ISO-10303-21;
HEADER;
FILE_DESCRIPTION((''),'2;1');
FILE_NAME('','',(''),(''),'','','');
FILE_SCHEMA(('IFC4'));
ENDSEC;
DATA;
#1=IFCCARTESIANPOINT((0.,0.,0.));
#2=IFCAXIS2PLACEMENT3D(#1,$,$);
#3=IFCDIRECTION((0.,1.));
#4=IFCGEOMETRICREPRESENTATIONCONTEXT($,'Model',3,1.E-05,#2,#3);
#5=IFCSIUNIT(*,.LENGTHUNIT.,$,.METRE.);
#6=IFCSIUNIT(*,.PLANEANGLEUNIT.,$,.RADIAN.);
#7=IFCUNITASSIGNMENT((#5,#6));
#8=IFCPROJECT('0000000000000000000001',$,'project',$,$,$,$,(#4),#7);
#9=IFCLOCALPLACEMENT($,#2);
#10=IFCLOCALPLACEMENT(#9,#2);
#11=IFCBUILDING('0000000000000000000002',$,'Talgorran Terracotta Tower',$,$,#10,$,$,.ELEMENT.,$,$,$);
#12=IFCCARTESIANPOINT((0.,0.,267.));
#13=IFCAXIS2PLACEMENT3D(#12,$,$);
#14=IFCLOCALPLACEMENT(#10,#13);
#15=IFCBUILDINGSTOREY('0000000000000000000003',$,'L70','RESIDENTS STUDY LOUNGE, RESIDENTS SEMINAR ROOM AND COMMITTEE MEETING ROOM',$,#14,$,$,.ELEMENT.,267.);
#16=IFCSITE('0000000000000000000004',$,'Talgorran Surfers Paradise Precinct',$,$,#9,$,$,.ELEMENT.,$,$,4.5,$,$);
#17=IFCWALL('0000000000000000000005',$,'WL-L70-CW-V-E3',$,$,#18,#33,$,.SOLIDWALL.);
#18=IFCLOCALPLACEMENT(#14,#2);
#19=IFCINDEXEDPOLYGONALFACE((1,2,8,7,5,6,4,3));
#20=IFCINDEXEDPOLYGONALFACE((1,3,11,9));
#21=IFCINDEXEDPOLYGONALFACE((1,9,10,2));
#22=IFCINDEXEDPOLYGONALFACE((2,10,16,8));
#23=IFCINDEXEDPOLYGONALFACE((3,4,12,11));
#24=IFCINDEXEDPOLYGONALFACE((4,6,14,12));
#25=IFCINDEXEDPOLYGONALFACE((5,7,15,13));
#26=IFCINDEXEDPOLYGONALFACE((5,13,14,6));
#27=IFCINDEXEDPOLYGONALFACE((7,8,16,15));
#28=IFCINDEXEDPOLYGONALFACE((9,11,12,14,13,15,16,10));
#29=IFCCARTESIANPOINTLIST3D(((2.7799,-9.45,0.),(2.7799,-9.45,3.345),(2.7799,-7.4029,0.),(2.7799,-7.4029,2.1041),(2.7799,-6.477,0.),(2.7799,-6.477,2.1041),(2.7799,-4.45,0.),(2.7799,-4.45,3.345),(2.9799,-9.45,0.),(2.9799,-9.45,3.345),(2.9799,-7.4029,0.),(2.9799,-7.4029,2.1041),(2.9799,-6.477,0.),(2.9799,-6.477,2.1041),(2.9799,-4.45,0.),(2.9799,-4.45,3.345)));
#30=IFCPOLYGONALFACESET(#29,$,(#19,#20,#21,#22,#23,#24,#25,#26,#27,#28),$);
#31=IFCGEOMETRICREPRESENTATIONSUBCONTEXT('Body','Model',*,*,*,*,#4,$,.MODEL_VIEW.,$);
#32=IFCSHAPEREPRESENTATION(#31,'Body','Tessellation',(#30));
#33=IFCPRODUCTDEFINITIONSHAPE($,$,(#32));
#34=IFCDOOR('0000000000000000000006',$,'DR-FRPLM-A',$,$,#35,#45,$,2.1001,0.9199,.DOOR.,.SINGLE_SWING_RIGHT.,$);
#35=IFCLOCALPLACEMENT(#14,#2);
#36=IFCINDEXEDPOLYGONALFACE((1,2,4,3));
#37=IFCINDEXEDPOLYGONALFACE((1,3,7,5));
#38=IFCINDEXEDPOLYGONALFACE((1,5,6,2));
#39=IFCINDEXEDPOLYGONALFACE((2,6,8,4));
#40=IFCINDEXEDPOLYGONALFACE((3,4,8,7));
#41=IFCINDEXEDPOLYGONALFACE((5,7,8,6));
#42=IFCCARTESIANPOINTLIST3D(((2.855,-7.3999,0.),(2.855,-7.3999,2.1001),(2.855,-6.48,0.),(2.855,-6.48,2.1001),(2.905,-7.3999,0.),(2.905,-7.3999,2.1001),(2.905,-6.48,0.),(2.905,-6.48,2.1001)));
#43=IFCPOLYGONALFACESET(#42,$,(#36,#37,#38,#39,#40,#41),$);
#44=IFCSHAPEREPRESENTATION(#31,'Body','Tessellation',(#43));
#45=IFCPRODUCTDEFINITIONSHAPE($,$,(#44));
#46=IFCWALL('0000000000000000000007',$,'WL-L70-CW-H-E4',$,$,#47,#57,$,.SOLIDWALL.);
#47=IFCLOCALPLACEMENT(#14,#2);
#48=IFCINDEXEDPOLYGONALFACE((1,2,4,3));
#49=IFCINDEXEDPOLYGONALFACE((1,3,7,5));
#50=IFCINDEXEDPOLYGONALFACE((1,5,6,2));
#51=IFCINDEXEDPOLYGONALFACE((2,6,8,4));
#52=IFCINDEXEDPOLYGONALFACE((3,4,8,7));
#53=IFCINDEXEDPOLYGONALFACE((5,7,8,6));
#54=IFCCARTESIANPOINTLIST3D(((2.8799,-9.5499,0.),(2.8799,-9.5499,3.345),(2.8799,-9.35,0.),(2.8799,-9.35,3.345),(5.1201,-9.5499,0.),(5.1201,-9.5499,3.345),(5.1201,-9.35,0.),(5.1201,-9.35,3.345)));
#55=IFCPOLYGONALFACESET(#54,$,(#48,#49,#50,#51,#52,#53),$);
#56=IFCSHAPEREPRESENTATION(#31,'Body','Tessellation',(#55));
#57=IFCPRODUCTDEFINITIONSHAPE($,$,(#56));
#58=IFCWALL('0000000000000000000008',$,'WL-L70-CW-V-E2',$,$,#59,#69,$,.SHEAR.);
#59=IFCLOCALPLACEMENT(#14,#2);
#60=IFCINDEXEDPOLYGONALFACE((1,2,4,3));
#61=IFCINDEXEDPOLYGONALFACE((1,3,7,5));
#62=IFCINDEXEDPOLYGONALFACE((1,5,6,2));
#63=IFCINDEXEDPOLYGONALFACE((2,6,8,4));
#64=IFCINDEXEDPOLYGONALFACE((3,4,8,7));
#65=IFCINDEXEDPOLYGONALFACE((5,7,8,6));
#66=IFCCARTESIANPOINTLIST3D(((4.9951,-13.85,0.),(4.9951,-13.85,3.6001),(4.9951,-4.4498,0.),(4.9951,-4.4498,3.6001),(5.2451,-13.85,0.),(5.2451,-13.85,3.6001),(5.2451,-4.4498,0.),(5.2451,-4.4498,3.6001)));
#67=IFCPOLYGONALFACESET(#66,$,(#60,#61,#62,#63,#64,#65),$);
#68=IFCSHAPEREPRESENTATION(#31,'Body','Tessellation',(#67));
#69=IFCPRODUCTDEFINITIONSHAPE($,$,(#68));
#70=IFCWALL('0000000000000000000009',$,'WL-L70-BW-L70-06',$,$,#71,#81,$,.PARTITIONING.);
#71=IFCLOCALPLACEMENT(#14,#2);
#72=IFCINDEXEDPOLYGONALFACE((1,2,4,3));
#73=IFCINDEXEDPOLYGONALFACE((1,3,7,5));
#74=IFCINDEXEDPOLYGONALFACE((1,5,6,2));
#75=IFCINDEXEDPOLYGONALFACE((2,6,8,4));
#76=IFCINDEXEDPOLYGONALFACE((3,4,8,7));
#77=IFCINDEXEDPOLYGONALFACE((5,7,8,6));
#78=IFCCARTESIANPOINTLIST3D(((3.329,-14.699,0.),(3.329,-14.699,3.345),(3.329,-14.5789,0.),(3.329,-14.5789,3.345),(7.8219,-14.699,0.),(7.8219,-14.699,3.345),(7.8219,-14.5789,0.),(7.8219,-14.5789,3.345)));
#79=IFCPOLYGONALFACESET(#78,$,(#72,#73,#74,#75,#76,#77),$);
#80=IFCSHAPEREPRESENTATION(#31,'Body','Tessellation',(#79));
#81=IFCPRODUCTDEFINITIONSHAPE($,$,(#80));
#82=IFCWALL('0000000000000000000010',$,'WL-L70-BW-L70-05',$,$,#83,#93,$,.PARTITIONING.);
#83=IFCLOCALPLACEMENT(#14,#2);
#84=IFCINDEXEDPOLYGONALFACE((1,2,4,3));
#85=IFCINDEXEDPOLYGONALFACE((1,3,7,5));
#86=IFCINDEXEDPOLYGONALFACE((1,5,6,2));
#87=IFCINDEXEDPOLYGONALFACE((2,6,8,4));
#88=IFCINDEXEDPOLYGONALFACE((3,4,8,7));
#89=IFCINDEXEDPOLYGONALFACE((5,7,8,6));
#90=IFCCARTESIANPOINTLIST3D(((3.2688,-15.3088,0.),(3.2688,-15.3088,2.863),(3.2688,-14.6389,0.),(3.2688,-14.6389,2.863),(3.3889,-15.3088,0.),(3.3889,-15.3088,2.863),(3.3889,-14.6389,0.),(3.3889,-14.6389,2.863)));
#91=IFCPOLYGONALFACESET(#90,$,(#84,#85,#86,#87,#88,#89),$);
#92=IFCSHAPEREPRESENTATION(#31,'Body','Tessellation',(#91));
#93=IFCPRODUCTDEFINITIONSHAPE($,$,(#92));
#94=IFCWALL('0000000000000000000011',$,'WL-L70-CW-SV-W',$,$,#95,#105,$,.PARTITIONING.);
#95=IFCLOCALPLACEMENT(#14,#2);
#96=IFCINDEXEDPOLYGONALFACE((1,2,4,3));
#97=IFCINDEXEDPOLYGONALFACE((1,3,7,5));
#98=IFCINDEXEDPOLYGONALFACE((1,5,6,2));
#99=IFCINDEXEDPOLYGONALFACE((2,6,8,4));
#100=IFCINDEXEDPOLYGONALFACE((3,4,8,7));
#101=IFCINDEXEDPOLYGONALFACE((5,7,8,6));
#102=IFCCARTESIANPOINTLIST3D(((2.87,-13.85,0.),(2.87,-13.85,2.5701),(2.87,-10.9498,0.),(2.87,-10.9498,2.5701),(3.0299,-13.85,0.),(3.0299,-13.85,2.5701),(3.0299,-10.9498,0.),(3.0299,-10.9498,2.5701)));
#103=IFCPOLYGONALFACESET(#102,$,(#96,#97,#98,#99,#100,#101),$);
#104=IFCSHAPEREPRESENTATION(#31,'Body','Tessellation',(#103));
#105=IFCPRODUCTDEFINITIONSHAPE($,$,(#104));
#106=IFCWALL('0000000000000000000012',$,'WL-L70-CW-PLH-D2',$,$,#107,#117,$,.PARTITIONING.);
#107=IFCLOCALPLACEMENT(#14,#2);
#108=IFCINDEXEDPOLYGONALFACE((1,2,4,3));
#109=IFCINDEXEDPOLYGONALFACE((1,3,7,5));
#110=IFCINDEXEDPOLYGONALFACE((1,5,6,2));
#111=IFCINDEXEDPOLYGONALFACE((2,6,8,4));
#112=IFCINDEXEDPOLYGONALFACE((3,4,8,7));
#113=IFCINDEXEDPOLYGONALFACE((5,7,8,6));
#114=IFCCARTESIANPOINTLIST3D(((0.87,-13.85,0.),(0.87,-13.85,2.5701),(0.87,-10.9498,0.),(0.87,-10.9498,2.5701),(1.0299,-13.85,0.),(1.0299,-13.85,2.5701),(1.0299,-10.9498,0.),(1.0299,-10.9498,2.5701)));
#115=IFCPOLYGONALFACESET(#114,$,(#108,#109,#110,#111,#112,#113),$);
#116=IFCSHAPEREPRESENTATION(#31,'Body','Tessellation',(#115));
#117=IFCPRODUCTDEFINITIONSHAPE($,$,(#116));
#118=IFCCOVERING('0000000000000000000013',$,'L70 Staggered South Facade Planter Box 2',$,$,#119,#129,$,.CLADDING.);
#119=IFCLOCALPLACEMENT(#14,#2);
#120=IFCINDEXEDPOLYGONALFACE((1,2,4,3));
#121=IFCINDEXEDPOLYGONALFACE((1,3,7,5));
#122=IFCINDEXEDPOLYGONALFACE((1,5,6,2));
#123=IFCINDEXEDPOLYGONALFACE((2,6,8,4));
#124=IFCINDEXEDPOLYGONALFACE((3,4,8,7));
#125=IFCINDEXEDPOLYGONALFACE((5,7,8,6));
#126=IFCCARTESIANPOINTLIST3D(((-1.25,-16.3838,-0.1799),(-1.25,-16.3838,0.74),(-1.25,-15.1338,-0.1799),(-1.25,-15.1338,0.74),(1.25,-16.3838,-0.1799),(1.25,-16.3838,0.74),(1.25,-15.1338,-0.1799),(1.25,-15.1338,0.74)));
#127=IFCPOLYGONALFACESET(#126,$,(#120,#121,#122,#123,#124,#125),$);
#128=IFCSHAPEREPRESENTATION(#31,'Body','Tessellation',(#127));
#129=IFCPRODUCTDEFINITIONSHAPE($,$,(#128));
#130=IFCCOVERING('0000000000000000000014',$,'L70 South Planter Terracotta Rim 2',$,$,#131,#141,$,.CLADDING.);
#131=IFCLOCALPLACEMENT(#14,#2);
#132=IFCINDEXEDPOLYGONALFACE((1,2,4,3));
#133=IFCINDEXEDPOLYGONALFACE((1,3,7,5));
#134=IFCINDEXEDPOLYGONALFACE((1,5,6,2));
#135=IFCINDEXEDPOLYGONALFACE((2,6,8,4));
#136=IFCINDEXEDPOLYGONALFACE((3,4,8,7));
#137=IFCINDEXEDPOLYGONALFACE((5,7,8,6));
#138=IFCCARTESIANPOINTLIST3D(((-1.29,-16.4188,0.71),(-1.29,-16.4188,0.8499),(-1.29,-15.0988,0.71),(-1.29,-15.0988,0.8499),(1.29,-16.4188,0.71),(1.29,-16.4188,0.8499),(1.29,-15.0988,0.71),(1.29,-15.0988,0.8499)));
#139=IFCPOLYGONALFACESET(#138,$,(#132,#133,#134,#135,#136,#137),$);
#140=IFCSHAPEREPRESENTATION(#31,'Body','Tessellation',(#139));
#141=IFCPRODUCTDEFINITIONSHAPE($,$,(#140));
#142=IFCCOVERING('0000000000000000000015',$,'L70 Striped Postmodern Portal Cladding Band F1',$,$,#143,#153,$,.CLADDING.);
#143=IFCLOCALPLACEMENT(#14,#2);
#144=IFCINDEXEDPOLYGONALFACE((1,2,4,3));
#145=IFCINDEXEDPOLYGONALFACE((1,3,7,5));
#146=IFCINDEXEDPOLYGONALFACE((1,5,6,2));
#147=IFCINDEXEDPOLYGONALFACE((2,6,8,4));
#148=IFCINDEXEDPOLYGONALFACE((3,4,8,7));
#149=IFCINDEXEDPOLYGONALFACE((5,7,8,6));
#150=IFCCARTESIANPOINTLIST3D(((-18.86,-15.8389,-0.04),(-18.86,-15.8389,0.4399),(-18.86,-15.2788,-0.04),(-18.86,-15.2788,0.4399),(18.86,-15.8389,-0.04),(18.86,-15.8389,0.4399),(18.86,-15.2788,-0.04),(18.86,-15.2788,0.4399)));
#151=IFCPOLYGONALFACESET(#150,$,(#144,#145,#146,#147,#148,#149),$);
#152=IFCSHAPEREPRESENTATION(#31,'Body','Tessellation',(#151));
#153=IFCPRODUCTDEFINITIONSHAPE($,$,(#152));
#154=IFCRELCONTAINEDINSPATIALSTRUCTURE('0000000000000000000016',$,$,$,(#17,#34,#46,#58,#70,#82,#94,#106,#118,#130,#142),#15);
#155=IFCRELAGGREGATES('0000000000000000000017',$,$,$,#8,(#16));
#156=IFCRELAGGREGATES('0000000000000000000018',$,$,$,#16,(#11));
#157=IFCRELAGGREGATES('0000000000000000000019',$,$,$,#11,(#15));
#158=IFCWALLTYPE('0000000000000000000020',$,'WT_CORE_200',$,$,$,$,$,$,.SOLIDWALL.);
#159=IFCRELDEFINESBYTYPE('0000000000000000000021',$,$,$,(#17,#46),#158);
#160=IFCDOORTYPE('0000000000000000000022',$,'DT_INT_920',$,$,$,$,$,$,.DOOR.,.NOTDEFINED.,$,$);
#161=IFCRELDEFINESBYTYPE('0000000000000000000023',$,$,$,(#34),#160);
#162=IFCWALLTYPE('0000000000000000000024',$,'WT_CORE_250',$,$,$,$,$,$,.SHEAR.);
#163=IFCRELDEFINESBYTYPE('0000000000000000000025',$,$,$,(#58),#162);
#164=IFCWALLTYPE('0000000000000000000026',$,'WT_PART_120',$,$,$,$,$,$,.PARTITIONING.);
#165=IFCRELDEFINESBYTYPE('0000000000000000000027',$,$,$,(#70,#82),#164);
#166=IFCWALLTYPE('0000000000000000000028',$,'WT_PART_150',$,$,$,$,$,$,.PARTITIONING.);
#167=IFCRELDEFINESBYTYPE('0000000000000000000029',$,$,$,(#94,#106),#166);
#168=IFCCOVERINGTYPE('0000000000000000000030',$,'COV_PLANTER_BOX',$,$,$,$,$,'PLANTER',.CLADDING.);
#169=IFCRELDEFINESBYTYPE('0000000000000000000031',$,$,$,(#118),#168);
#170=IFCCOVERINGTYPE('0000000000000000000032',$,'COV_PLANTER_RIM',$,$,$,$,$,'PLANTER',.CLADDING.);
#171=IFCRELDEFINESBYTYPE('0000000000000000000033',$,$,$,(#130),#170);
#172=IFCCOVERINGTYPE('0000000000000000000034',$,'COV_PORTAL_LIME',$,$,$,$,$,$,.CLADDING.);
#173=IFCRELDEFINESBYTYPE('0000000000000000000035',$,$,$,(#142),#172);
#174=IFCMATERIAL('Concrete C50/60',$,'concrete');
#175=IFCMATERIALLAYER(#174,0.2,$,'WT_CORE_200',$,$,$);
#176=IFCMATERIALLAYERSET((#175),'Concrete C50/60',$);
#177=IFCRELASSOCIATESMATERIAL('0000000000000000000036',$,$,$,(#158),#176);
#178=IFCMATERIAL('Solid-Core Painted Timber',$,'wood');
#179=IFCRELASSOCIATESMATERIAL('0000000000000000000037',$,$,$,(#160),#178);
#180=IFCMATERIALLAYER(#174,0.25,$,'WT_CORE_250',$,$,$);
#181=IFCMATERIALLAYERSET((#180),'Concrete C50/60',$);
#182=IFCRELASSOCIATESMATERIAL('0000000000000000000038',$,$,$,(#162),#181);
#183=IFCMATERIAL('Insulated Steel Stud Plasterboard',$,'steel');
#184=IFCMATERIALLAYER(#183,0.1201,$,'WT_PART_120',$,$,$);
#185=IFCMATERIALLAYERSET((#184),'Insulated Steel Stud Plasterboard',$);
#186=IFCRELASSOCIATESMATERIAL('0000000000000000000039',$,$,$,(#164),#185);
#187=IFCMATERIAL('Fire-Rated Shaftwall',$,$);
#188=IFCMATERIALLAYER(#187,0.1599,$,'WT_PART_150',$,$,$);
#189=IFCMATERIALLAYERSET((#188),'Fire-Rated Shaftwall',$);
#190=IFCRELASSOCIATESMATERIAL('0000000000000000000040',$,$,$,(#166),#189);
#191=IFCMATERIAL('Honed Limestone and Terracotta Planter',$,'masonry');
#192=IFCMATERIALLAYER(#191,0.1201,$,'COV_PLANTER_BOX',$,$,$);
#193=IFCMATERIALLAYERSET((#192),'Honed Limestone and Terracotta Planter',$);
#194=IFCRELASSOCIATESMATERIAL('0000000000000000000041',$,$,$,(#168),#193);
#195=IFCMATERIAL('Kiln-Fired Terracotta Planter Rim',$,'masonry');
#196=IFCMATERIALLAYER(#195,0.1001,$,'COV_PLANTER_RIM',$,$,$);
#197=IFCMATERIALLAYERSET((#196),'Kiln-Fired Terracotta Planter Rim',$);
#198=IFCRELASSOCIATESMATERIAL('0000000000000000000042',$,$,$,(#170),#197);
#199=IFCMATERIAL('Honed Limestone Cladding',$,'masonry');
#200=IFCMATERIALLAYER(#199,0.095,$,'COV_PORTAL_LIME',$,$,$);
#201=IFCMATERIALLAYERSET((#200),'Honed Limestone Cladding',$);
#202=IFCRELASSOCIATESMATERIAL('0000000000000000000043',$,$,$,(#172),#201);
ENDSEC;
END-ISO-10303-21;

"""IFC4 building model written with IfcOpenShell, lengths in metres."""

from ifc_helpers import new_model, si_unit, direction, frame, frame_2d, origin, origin_2d, place, context, subcontext, project, spatial, rectangle, extrude, material, layer, layer_set, type_object, element, fill, save


model = new_model("IFC4")

# Units and contexts
model_context = context("Model", 3, precision=1e-05, world=origin(), true_north=direction((0.0, 1.0)))
body_context = subcontext(model_context, "Body", "Model", "MODEL_VIEW")
ifc_project = project(units=[si_unit("LENGTHUNIT", "METRE"), si_unit("PLANEANGLEUNIT", "RADIAN")], contexts=[model_context])

# Site, building, storey
site_placement = place(None, origin())
site = spatial("IfcSite", under=ifc_project, at=site_placement, Name="Talgorran Surfers Paradise Precinct", CompositionType="ELEMENT", RefElevation=4.5)
building_placement = place(site_placement, origin())
building = spatial("IfcBuilding", under=site, at=building_placement, Name="Talgorran Terracotta Tower", CompositionType="ELEMENT")
storey_placement = place(building_placement, frame((0.0, 0.0, 267.0)))
storey = spatial("IfcBuildingStorey", under=building, at=storey_placement, Name="L70", Description="RESIDENTS STUDY LOUNGE, RESIDENTS SEMINAR ROOM AND COMMITTEE MEETING ROOM", CompositionType="ELEMENT", Elevation=267.0)

# Shared definitions
ifc_material_1 = material(Name="Concrete C50/60", Category="concrete")

# Shared definitions
ifc_layer_1 = layer(ifc_material_1, 0.2, Name="WT_CORE_200")
ifc_layer_set_1 = layer_set([ifc_layer_1], Name="Concrete C50/60")
wall_type_1 = type_object("IfcWallType", Name="WT_CORE_200", PredefinedType="SOLIDWALL", material=ifc_layer_set_1)

# Wall, opening, door
wall_1_placement = place(storey_placement, frame((2.8799, -9.45, 0.0), z_axis=(0.0, 0.0, 1.0), x_axis=(0.0, 1.0, 0.0)))
wall_1 = element("IfcWall", 1, at=wall_1_placement, inside=storey, type_object=wall_type_1, Name="WL-L70-CW-V-E3", PredefinedType="SOLIDWALL", context=body_context, shape_type="SweptSolid", body=[
    extrude(rectangle(XDim=5.0, YDim=0.2, at=frame_2d((2.5, 0.0))), origin(), (0.0, 0.0, 1.0), 3.345),
])
opening_1_placement = place(wall_1_placement, frame((2.05, 0.0, 0.0)))
opening_1 = element("IfcOpeningElement", 2, at=opening_1_placement, cuts=wall_1, PredefinedType="OPENING", context=body_context, shape_type="SweptSolid", body=[
    extrude(rectangle(XDim=0.9259, YDim=2.1041, at=frame_2d((0.46, 1.052))), frame((0.0, 0.1099, 0.0), z_axis=(0.0, -1.0, 0.0), x_axis=(1.0, 0.0, 0.0)), (0.0, 0.0, 1.0), 0.22),
])
ifc_material_2 = material(Name="Solid-Core Painted Timber", Category="wood")
door_type_1 = type_object("IfcDoorType", Name="DT_INT_920", OperationType="NOTDEFINED", PredefinedType="DOOR", material=ifc_material_2)
door_1_placement = place(opening_1_placement, origin())
door_1 = element("IfcDoor", 3, at=door_1_placement, inside=storey, type_object=door_type_1, Name="DR-FRPLM-A", OperationType="SINGLE_SWING_RIGHT", OverallHeight=2.1001, OverallWidth=0.9199, PredefinedType="DOOR", context=body_context, shape_type="SweptSolid", body=[
    extrude(rectangle(XDim=0.9199, YDim=2.1001, at=frame_2d((0.46, 1.05))), frame((0.0, 0.0249, 0.0), z_axis=(0.0, -1.0, 0.0), x_axis=(1.0, 0.0, 0.0)), (0.0, 0.0, 1.0), 0.05),
])
fill(opening_1, door_1)

# Walls
wall_2_placement = place(storey_placement, frame((2.8799, -9.45, 0.0), z_axis=(0.0, 0.0, 1.0), x_axis=(1.0, 0.0, 0.0)))
element("IfcWall", 4, at=wall_2_placement, inside=storey, type_object=wall_type_1, Name="WL-L70-CW-H-E4", PredefinedType="SOLIDWALL", context=body_context, shape_type="SweptSolid", body=[
    extrude(rectangle(XDim=2.2402, YDim=0.2, at=frame_2d((1.1201, 0.0))), origin(), (0.0, 0.0, 1.0), 3.345),
])
ifc_layer_2 = layer(ifc_material_1, 0.25, Name="WT_CORE_250")
ifc_layer_set_2 = layer_set([ifc_layer_2], Name="Concrete C50/60")
wall_type_2 = type_object("IfcWallType", Name="WT_CORE_250", PredefinedType="SHEAR", material=ifc_layer_set_2)
wall_3_placement = place(storey_placement, frame((5.1201, -13.8501, 0.0), z_axis=(0.0, 0.0, 1.0), x_axis=(0.0, 1.0, 0.0)))
element("IfcWall", 5, at=wall_3_placement, inside=storey, type_object=wall_type_2, Name="WL-L70-CW-V-E2", PredefinedType="SHEAR", context=body_context, shape_type="SweptSolid", body=[
    extrude(rectangle(XDim=9.4001, YDim=0.25, at=frame_2d((4.7002, 0.0))), origin(), (0.0, 0.0, 1.0), 3.6001),
])
ifc_material_3 = material(Name="Insulated Steel Stud Plasterboard", Category="steel")
ifc_layer_3 = layer(ifc_material_3, 0.1201, Name="WT_PART_120")
ifc_layer_set_3 = layer_set([ifc_layer_3], Name="Insulated Steel Stud Plasterboard")
wall_type_3 = type_object("IfcWallType", Name="WT_PART_120", PredefinedType="PARTITIONING", material=ifc_layer_set_3)
wall_4_placement = place(storey_placement, frame((3.3289, -14.6389, 0.0), z_axis=(0.0, 0.0, 1.0), x_axis=(1.0, 0.0, 0.0)))
element("IfcWall", 6, at=wall_4_placement, inside=storey, type_object=wall_type_3, Name="WL-L70-BW-L70-06", PredefinedType="PARTITIONING", context=body_context, shape_type="SweptSolid", body=[
    extrude(rectangle(XDim=4.4929, YDim=0.1201, at=frame_2d((2.2466, 0.0))), origin(), (0.0, 0.0, 1.0), 3.345),
])
wall_5_placement = place(storey_placement, frame((3.3289, -15.3088, 0.0), z_axis=(0.0, 0.0, 1.0), x_axis=(0.0, 1.0, 0.0)))
element("IfcWall", 7, at=wall_5_placement, inside=storey, type_object=wall_type_3, Name="WL-L70-BW-L70-05", PredefinedType="PARTITIONING", context=body_context, shape_type="SweptSolid", body=[
    extrude(rectangle(XDim=0.6699, YDim=0.1201, at=frame_2d((0.335, 0.0))), origin(), (0.0, 0.0, 1.0), 2.863),
])
ifc_material_4 = material(Name="Fire-Rated Shaftwall")
ifc_layer_4 = layer(ifc_material_4, 0.1599, Name="WT_PART_150")
ifc_layer_set_4 = layer_set([ifc_layer_4], Name="Fire-Rated Shaftwall")
wall_type_4 = type_object("IfcWallType", Name="WT_PART_150", PredefinedType="PARTITIONING", material=ifc_layer_set_4)
for number, where, z_axis, x_axis, name in (
    (8, (2.95, -13.8501, 0.0), (0.0, 0.0, 1.0), (0.0, 1.0, 0.0), "WL-L70-CW-SV-W"),
    (9, (0.95, -13.8501, 0.0), (0.0, 0.0, 1.0), (0.0, 1.0, 0.0), "WL-L70-CW-PLH-D2"),
):
    element("IfcWall", number, at=place(storey_placement, frame(where, z_axis=z_axis, x_axis=x_axis)), inside=storey, type_object=wall_type_4, Name=name, PredefinedType="PARTITIONING", context=body_context, shape_type="SweptSolid", body=[
        extrude(rectangle(XDim=2.9001, YDim=0.1599, at=frame_2d((1.4502, 0.0))), origin(), (0.0, 0.0, 1.0), 2.5701),
    ])

# Coverings
ifc_material_5 = material(Name="Honed Limestone and Terracotta Planter", Category="masonry")
ifc_layer_5 = layer(ifc_material_5, 0.1201, Name="COV_PLANTER_BOX")
ifc_layer_set_5 = layer_set([ifc_layer_5], Name="Honed Limestone and Terracotta Planter")
covering_type_1 = type_object("IfcCoveringType", Name="COV_PLANTER_BOX", ElementType="PLANTER", PredefinedType="CLADDING", material=ifc_layer_set_5)
covering_1_placement = place(storey_placement, frame((0.0, -15.7588, -0.1799), z_axis=(0.0, 0.0, 1.0), x_axis=(1.0, 0.0, 0.0)))
element("IfcCovering", 10, at=covering_1_placement, inside=storey, type_object=covering_type_1, Name="L70 Staggered South Facade Planter Box 2", PredefinedType="CLADDING", context=body_context, shape_type="SweptSolid", body=[
    extrude(rectangle(XDim=2.5, YDim=1.25, at=origin_2d()), origin(), (0.0, 0.0, 1.0), 0.9199),
])
ifc_material_6 = material(Name="Kiln-Fired Terracotta Planter Rim", Category="masonry")
ifc_layer_6 = layer(ifc_material_6, 0.1001, Name="COV_PLANTER_RIM")
ifc_layer_set_6 = layer_set([ifc_layer_6], Name="Kiln-Fired Terracotta Planter Rim")
covering_type_2 = type_object("IfcCoveringType", Name="COV_PLANTER_RIM", ElementType="PLANTER", PredefinedType="CLADDING", material=ifc_layer_set_6)
covering_2_placement = place(storey_placement, frame((0.0, -15.7588, 0.71), z_axis=(0.0, 0.0, 1.0), x_axis=(1.0, 0.0, 0.0)))
element("IfcCovering", 11, at=covering_2_placement, inside=storey, type_object=covering_type_2, Name="L70 South Planter Terracotta Rim 2", PredefinedType="CLADDING", context=body_context, shape_type="SweptSolid", body=[
    extrude(rectangle(XDim=2.5801, YDim=1.3201, at=origin_2d()), origin(), (0.0, 0.0, 1.0), 0.1399),
])
ifc_material_7 = material(Name="Honed Limestone Cladding", Category="masonry")
ifc_layer_7 = layer(ifc_material_7, 0.095, Name="COV_PORTAL_LIME")
ifc_layer_set_7 = layer_set([ifc_layer_7], Name="Honed Limestone Cladding")
covering_type_3 = type_object("IfcCoveringType", Name="COV_PORTAL_LIME", PredefinedType="CLADDING", material=ifc_layer_set_7)
covering_3_placement = place(storey_placement, frame((0.0, -15.5588, -0.04), z_axis=(0.0, 0.0, 1.0), x_axis=(1.0, 0.0, 0.0)))
element("IfcCovering", 12, at=covering_3_placement, inside=storey, type_object=covering_type_3, Name="L70 Striped Postmodern Portal Cladding Band F1", PredefinedType="CLADDING", context=body_context, shape_type="SweptSolid", body=[
    extrude(rectangle(XDim=37.72, YDim=0.5601, at=origin_2d()), origin(), (0.0, 0.0, 1.0), 0.48),
])

save(model, "model.ifc")
